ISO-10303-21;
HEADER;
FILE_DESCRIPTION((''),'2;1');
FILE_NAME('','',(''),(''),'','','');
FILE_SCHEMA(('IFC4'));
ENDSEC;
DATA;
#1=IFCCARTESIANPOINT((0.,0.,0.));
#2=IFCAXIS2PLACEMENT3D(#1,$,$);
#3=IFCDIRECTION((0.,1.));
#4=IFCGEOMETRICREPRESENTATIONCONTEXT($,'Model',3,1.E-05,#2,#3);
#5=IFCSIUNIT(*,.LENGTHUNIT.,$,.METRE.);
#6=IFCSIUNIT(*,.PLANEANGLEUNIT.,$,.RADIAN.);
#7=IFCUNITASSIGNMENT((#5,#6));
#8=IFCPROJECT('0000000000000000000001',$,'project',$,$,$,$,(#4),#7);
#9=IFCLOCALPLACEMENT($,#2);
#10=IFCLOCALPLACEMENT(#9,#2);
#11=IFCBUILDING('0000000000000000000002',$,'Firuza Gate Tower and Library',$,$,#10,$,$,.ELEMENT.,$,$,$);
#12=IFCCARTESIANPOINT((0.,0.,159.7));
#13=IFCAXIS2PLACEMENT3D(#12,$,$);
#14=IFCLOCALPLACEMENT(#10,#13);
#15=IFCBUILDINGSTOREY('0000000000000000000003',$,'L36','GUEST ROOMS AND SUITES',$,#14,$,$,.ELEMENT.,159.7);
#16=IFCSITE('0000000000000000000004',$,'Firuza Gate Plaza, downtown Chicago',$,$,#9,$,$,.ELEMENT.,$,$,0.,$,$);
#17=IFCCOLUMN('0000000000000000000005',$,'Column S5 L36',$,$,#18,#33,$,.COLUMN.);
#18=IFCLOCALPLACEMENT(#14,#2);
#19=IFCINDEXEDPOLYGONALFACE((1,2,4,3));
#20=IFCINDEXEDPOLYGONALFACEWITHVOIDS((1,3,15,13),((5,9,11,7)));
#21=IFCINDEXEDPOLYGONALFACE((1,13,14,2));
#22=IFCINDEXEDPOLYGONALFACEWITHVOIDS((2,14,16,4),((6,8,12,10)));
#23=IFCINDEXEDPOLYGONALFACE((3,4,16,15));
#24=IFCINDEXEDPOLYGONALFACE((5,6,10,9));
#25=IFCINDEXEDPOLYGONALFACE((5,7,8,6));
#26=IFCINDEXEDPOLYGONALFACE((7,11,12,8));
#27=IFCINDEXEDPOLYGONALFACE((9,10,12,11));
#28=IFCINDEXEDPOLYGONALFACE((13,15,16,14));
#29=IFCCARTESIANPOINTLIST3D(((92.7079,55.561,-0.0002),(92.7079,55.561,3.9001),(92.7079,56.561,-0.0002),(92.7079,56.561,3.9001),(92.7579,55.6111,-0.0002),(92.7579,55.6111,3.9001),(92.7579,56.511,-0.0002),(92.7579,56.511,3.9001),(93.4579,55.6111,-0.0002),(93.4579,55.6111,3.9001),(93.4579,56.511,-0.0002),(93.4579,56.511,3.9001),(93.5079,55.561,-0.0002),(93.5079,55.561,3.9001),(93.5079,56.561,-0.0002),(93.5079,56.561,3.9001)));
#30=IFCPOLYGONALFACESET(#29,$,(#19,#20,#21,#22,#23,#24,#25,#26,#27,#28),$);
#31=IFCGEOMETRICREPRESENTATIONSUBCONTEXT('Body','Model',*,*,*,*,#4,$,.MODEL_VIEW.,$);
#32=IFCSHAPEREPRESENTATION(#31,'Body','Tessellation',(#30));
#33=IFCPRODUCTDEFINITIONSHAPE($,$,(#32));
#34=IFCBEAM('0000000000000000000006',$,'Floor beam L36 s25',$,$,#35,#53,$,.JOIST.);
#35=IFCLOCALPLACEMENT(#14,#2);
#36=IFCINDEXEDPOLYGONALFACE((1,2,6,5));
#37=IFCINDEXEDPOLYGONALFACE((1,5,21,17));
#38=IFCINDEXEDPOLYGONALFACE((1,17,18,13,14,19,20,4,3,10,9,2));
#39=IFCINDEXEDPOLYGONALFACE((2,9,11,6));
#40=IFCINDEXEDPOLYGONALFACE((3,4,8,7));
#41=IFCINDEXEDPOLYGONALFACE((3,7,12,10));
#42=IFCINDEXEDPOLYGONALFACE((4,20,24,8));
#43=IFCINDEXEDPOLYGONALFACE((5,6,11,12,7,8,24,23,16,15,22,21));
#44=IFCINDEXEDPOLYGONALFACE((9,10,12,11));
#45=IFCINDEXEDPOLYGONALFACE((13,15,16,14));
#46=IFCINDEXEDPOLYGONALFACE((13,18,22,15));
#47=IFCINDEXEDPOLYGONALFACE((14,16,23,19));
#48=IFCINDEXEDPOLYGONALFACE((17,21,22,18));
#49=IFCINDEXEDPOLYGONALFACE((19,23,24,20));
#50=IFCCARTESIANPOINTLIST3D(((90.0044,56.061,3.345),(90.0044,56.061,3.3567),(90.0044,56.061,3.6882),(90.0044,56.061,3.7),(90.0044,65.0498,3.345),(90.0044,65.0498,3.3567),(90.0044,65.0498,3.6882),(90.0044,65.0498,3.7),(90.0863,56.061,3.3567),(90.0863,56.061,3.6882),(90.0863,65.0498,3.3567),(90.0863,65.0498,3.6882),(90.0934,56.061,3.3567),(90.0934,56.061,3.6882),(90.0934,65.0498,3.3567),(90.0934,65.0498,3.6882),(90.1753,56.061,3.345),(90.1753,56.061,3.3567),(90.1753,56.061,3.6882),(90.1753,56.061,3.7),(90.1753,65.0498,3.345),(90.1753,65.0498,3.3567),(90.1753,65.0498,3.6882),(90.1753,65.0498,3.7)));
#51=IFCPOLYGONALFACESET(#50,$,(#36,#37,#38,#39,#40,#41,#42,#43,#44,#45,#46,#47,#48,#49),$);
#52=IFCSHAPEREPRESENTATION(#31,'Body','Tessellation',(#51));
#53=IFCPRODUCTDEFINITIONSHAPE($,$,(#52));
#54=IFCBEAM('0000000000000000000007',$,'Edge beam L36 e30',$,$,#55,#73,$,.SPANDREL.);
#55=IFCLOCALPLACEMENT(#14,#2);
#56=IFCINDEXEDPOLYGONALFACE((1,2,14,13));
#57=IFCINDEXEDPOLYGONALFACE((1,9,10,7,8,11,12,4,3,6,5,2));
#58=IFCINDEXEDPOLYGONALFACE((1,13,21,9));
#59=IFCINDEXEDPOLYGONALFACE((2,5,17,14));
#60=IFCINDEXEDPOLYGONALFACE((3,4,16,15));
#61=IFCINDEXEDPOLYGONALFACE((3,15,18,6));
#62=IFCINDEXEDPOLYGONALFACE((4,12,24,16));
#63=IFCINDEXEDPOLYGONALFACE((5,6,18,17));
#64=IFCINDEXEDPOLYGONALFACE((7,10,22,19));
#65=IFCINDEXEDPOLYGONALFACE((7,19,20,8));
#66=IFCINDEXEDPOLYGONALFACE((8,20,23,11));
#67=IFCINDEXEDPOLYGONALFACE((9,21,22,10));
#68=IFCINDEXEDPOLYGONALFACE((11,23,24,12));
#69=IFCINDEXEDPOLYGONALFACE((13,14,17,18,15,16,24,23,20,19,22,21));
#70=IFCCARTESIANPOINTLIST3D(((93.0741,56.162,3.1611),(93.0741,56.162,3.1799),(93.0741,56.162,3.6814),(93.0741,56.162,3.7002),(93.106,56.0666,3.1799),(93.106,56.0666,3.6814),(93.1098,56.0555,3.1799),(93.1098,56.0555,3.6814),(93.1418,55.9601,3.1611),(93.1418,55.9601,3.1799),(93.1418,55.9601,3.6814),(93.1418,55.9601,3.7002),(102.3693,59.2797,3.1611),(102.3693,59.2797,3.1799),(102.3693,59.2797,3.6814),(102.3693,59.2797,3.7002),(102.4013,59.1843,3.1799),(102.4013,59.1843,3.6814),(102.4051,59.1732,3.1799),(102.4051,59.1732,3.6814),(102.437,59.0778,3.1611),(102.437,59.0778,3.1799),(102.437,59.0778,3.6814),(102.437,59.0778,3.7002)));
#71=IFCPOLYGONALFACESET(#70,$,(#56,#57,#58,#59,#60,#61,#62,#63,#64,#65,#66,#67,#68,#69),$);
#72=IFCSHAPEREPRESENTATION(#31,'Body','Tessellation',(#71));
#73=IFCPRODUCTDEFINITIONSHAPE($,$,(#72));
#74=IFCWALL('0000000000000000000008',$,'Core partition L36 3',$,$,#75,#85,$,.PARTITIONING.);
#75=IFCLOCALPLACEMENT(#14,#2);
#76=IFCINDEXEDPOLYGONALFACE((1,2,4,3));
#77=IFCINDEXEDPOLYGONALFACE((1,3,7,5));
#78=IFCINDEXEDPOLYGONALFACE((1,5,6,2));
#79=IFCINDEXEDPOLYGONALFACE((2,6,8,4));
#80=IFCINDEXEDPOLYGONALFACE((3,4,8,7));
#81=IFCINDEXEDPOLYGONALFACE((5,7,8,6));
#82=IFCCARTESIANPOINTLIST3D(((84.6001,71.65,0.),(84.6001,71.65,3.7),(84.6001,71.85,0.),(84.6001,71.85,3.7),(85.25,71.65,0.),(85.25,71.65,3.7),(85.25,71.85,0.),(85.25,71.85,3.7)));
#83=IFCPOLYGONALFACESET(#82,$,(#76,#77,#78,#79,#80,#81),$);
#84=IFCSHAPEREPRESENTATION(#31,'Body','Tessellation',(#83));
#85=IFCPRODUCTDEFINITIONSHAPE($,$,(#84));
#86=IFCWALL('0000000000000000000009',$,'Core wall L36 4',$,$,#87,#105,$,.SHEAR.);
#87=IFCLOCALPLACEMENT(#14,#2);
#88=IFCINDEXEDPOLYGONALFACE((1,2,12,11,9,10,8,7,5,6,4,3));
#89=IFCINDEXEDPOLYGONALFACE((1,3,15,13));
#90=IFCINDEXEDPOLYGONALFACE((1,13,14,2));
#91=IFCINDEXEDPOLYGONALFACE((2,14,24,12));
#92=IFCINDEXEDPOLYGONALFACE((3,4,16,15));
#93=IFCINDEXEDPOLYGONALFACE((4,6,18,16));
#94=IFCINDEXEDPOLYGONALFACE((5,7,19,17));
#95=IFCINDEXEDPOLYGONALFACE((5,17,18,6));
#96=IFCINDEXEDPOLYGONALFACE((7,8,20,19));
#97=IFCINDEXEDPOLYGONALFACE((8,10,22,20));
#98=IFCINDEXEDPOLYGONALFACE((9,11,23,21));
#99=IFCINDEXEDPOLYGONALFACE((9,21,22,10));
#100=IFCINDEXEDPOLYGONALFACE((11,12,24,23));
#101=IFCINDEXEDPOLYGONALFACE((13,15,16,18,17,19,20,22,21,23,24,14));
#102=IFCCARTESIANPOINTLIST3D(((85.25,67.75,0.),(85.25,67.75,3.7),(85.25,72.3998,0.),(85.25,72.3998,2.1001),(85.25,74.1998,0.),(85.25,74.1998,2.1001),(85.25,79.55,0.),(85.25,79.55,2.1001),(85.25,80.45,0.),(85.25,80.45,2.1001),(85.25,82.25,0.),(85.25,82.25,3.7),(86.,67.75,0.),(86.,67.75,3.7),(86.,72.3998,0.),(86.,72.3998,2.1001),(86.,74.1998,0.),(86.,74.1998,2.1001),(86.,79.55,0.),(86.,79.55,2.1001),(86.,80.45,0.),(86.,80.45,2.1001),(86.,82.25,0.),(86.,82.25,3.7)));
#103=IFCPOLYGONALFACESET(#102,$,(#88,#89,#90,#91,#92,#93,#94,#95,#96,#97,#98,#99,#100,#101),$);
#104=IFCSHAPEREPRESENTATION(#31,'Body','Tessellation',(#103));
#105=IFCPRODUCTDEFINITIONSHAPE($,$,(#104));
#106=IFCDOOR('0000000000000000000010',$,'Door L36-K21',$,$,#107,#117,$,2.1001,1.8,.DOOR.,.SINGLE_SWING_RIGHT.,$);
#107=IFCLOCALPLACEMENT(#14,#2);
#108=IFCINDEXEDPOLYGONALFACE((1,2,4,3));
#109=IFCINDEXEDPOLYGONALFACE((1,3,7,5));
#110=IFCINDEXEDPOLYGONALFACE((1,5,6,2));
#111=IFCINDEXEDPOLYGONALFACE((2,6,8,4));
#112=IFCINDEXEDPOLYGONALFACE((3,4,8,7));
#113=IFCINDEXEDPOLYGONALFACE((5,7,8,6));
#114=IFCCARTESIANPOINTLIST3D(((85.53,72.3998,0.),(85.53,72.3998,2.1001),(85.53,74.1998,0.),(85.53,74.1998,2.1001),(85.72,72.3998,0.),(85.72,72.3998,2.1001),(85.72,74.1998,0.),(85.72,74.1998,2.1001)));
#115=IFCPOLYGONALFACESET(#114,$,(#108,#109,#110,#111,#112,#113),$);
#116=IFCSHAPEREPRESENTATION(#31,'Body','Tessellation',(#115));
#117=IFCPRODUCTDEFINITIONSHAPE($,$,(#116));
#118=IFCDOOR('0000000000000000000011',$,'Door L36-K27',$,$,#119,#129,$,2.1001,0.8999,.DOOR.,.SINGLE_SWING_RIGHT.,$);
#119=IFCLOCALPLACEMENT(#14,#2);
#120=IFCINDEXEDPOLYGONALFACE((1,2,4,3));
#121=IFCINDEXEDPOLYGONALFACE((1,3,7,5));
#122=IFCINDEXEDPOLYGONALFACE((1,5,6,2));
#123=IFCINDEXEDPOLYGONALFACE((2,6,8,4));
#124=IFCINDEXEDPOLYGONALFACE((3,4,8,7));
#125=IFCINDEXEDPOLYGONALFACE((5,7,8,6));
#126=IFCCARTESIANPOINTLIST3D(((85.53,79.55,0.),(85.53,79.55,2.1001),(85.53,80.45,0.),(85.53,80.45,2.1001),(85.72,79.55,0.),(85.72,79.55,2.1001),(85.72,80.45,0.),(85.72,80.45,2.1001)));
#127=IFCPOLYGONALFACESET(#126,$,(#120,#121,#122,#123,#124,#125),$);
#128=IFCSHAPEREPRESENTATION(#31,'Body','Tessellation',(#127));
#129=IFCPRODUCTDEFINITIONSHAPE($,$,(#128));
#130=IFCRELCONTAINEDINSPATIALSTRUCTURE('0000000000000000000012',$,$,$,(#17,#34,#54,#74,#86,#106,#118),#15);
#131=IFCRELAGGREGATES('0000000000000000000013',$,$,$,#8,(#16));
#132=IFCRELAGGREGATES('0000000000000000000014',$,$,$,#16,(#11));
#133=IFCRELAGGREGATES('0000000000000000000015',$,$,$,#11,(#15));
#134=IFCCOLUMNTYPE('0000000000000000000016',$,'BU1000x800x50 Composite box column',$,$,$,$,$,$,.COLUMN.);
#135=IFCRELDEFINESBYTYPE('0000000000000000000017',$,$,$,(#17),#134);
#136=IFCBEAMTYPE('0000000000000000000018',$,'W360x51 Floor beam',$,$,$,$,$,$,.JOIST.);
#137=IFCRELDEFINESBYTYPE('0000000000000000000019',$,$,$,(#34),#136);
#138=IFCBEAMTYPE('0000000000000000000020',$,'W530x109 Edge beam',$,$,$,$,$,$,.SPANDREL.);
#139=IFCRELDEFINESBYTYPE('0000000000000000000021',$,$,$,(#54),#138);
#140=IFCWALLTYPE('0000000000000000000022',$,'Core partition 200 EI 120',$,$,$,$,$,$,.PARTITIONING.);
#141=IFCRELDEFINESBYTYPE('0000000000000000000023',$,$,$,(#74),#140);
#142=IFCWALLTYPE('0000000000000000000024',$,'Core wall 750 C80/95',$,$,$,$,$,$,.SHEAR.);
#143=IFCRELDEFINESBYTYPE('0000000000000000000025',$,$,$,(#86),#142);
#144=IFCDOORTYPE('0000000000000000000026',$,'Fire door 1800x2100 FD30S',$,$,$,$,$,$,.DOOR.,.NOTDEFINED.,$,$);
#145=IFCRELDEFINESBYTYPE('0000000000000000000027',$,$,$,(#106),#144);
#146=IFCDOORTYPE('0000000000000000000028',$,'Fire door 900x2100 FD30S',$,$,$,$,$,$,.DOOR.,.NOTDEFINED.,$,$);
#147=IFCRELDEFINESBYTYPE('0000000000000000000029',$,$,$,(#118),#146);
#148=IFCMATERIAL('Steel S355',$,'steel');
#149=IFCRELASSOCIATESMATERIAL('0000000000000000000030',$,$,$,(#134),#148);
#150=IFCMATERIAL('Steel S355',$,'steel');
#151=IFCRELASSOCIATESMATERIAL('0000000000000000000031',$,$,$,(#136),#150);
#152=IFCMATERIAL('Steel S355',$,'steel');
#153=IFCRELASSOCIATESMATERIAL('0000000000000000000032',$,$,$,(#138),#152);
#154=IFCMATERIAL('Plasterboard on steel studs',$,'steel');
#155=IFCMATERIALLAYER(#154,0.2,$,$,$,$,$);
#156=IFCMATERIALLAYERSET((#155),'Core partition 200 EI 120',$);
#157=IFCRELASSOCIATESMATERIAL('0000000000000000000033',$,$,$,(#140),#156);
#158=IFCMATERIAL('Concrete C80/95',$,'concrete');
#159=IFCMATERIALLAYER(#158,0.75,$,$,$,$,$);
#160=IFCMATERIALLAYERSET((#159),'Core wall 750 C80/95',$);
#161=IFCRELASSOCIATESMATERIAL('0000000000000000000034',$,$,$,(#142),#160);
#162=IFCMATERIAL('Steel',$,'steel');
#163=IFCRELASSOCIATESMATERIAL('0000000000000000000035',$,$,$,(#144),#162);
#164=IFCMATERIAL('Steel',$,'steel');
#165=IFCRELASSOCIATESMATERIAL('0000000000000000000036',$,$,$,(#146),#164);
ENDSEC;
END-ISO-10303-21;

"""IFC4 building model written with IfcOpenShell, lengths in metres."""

from ifc_helpers import new_model, si_unit, direction, frame, frame_2d, origin, origin_2d, place, context, subcontext, project, spatial, rectangle, hollow_rectangle, i_section, extrude, material, layer, layer_set, material_profile, profile_set, type_object, element, fill, save


model = new_model("IFC4")

# Units and contexts
model_context = context("Model", 3, precision=1e-05, world=origin(), true_north=direction((0.0, 1.0)))
body_context = subcontext(model_context, "Body", "Model", "MODEL_VIEW")
ifc_project = project(units=[si_unit("LENGTHUNIT", "METRE"), si_unit("PLANEANGLEUNIT", "RADIAN")], contexts=[model_context])

# Site, building, storey
site_placement = place(None, origin())
site = spatial("IfcSite", under=ifc_project, at=site_placement, Name="Firuza Gate Plaza, downtown Chicago", CompositionType="ELEMENT", RefElevation=0.0)
building_placement = place(site_placement, origin())
building = spatial("IfcBuilding", under=site, at=building_placement, Name="Firuza Gate Tower and Library", CompositionType="ELEMENT")
storey_placement = place(building_placement, frame((0.0, 0.0, 159.7)))
storey = spatial("IfcBuildingStorey", under=building, at=storey_placement, Name="L36", Description="GUEST ROOMS AND SUITES", CompositionType="ELEMENT", Elevation=159.7)

# Column
ifc_material_1 = material(Name="Steel S355", Category="steel")
ifc_material_profile_1 = material_profile(ifc_material_1, hollow_rectangle(XDim=0.8, YDim=1.0, WallThickness=0.05, at=origin_2d()))
ifc_profile_set_1 = profile_set([ifc_material_profile_1], Name="Steel S355")
column_type = type_object("IfcColumnType", Name="BU1000x800x50 Composite box column", PredefinedType="COLUMN", material=ifc_profile_set_1)
column_placement = place(storey_placement, frame((93.1079, 56.061, -0.0002), z_axis=(0.0, 0.0, 1.0), x_axis=(1.0, 0.0, 0.0)))
element("IfcColumn", 1, at=column_placement, inside=storey, type_object=column_type, Name="Column S5 L36", PredefinedType="COLUMN", context=body_context, shape_type="SweptSolid", body=[
    extrude(hollow_rectangle(XDim=0.8, YDim=1.0, WallThickness=0.05, at=origin_2d()), origin(), (0.0, 0.0, 1.0), 3.9004),
])

# Beams
ifc_material_2 = material(Name="Steel S355", Category="steel")
ifc_material_profile_2 = material_profile(ifc_material_2, i_section(OverallWidth=0.1709, OverallDepth=0.355, WebThickness=0.0071, FlangeThickness=0.0117, at=origin_2d()))
ifc_profile_set_2 = profile_set([ifc_material_profile_2], Name="Steel S355")
beam_type_1 = type_object("IfcBeamType", Name="W360x51 Floor beam", PredefinedType="JOIST", material=ifc_profile_set_2)
beam_1_placement = place(storey_placement, frame((90.0898, 56.061, 3.5225), z_axis=(0.0, 1.0, 0.0), x_axis=(-1.0, 0.0, 0.0)))
element("IfcBeam", 2, at=beam_1_placement, inside=storey, type_object=beam_type_1, Name="Floor beam L36 s25", PredefinedType="JOIST", context=body_context, shape_type="SweptSolid", body=[
    extrude(i_section(OverallWidth=0.1709, OverallDepth=0.355, WebThickness=0.0071, FlangeThickness=0.0117, at=origin_2d()), origin(), (0.0, 0.0, 1.0), 8.9888),
])
ifc_material_3 = material(Name="Steel S355", Category="steel")
ifc_material_profile_3 = material_profile(ifc_material_3, i_section(OverallWidth=0.2129, OverallDepth=0.5391, WebThickness=0.0117, FlangeThickness=0.0188, at=origin_2d()))
ifc_profile_set_3 = profile_set([ifc_material_profile_3], Name="Steel S355")
beam_type_2 = type_object("IfcBeamType", Name="W530x109 Edge beam", PredefinedType="SPANDREL", material=ifc_profile_set_3)
beam_2_placement = place(storey_placement, frame((93.1079, 56.061, 3.4307), z_axis=(0.948091, 0.317998, 0.0), x_axis=(-0.317998, 0.948091, 0.0)))
element("IfcBeam", 3, at=beam_2_placement, inside=storey, type_object=beam_type_2, Name="Edge beam L36 e30", PredefinedType="SPANDREL", context=body_context, shape_type="SweptSolid", body=[
    extrude(i_section(OverallWidth=0.2129, OverallDepth=0.5391, WebThickness=0.0117, FlangeThickness=0.0188, at=origin_2d()), origin(), (0.0, 0.0, 1.0), 9.8042),
])

# Wall
ifc_material_4 = material(Name="Plasterboard on steel studs", Category="steel")
ifc_layer_1 = layer(ifc_material_4, 0.2)
ifc_layer_set_1 = layer_set([ifc_layer_1], Name="Core partition 200 EI 120")
wall_type_1 = type_object("IfcWallType", Name="Core partition 200 EI 120", PredefinedType="PARTITIONING", material=ifc_layer_set_1)
wall_1_placement = place(storey_placement, frame((84.6001, 71.75, 0.0), z_axis=(0.0, 0.0, 1.0), x_axis=(1.0, 0.0, 0.0)))
element("IfcWall", 4, at=wall_1_placement, inside=storey, type_object=wall_type_1, Name="Core partition L36 3", PredefinedType="PARTITIONING", context=body_context, shape_type="SweptSolid", body=[
    extrude(rectangle(XDim=0.6499, YDim=0.2, at=frame_2d((0.325, 0.0))), origin(), (0.0, 0.0, 1.0), 3.7),
])

# Wall, openings, doors
ifc_material_5 = material(Name="Concrete C80/95", Category="concrete")
ifc_layer_2 = layer(ifc_material_5, 0.75)
ifc_layer_set_2 = layer_set([ifc_layer_2], Name="Core wall 750 C80/95")
wall_type_2 = type_object("IfcWallType", Name="Core wall 750 C80/95", PredefinedType="SHEAR", material=ifc_layer_set_2)
wall_2_placement = place(storey_placement, frame((85.625, 67.75, 0.0), z_axis=(0.0, 0.0, 1.0), x_axis=(0.0, 1.0, 0.0)))
wall_2 = element("IfcWall", 5, at=wall_2_placement, inside=storey, type_object=wall_type_2, Name="Core wall L36 4", PredefinedType="SHEAR", context=body_context, shape_type="SweptSolid", body=[
    extrude(rectangle(XDim=14.5, YDim=0.75, at=frame_2d((7.25, 0.0))), origin(), (0.0, 0.0, 1.0), 3.7),
])
opening_1_placement = place(wall_2_placement, frame((4.6499, 0.0, 0.0)))
opening_1 = element("IfcOpeningElement", 6, at=opening_1_placement, cuts=wall_2, PredefinedType="OPENING", context=body_context, shape_type="SweptSolid", body=[
    extrude(rectangle(XDim=1.8, YDim=2.1001, at=frame_2d((0.8999, 1.05))), frame((0.0, 0.385, 0.0), z_axis=(0.0, -1.0, 0.0), x_axis=(1.0, 0.0, 0.0)), (0.0, 0.0, 1.0), 0.77),
])
opening_2_placement = place(wall_2_placement, frame((11.8, 0.0, 0.0)))
opening_2 = element("IfcOpeningElement", 7, at=opening_2_placement, cuts=wall_2, PredefinedType="OPENING", context=body_context, shape_type="SweptSolid", body=[
    extrude(rectangle(XDim=0.8999, YDim=2.1001, at=frame_2d((0.45, 1.05))), frame((0.0, 0.385, 0.0), z_axis=(0.0, -1.0, 0.0), x_axis=(1.0, 0.0, 0.0)), (0.0, 0.0, 1.0), 0.77),
])
ifc_material_6 = material(Name="Steel", Category="steel")
door_type_1 = type_object("IfcDoorType", Name="Fire door 1800x2100 FD30S", OperationType="NOTDEFINED", PredefinedType="DOOR", material=ifc_material_6)
door_1_placement = place(opening_1_placement, origin())
door_1 = element("IfcDoor", 8, at=door_1_placement, inside=storey, type_object=door_type_1, Name="Door L36-K21", OperationType="SINGLE_SWING_RIGHT", OverallHeight=2.1001, OverallWidth=1.8, PredefinedType="DOOR", context=body_context, shape_type="SweptSolid", body=[
    extrude(rectangle(XDim=1.8, YDim=2.1001, at=frame_2d((0.8999, 1.05))), frame((0.0, 0.095, 0.0), z_axis=(0.0, -1.0, 0.0), x_axis=(1.0, 0.0, 0.0)), (0.0, 0.0, 1.0), 0.1899),
])
fill(opening_1, door_1)
ifc_material_7 = material(Name="Steel", Category="steel")
door_type_2 = type_object("IfcDoorType", Name="Fire door 900x2100 FD30S", OperationType="NOTDEFINED", PredefinedType="DOOR", material=ifc_material_7)
door_2_placement = place(opening_2_placement, origin())
door_2 = element("IfcDoor", 9, at=door_2_placement, inside=storey, type_object=door_type_2, Name="Door L36-K27", OperationType="SINGLE_SWING_RIGHT", OverallHeight=2.1001, OverallWidth=0.8999, PredefinedType="DOOR", context=body_context, shape_type="SweptSolid", body=[
    extrude(rectangle(XDim=0.8999, YDim=2.1001, at=frame_2d((0.45, 1.05))), frame((0.0, 0.095, 0.0), z_axis=(0.0, -1.0, 0.0), x_axis=(1.0, 0.0, 0.0)), (0.0, 0.0, 1.0), 0.1899),
])
fill(opening_2, door_2)

save(model, "model.ifc")
